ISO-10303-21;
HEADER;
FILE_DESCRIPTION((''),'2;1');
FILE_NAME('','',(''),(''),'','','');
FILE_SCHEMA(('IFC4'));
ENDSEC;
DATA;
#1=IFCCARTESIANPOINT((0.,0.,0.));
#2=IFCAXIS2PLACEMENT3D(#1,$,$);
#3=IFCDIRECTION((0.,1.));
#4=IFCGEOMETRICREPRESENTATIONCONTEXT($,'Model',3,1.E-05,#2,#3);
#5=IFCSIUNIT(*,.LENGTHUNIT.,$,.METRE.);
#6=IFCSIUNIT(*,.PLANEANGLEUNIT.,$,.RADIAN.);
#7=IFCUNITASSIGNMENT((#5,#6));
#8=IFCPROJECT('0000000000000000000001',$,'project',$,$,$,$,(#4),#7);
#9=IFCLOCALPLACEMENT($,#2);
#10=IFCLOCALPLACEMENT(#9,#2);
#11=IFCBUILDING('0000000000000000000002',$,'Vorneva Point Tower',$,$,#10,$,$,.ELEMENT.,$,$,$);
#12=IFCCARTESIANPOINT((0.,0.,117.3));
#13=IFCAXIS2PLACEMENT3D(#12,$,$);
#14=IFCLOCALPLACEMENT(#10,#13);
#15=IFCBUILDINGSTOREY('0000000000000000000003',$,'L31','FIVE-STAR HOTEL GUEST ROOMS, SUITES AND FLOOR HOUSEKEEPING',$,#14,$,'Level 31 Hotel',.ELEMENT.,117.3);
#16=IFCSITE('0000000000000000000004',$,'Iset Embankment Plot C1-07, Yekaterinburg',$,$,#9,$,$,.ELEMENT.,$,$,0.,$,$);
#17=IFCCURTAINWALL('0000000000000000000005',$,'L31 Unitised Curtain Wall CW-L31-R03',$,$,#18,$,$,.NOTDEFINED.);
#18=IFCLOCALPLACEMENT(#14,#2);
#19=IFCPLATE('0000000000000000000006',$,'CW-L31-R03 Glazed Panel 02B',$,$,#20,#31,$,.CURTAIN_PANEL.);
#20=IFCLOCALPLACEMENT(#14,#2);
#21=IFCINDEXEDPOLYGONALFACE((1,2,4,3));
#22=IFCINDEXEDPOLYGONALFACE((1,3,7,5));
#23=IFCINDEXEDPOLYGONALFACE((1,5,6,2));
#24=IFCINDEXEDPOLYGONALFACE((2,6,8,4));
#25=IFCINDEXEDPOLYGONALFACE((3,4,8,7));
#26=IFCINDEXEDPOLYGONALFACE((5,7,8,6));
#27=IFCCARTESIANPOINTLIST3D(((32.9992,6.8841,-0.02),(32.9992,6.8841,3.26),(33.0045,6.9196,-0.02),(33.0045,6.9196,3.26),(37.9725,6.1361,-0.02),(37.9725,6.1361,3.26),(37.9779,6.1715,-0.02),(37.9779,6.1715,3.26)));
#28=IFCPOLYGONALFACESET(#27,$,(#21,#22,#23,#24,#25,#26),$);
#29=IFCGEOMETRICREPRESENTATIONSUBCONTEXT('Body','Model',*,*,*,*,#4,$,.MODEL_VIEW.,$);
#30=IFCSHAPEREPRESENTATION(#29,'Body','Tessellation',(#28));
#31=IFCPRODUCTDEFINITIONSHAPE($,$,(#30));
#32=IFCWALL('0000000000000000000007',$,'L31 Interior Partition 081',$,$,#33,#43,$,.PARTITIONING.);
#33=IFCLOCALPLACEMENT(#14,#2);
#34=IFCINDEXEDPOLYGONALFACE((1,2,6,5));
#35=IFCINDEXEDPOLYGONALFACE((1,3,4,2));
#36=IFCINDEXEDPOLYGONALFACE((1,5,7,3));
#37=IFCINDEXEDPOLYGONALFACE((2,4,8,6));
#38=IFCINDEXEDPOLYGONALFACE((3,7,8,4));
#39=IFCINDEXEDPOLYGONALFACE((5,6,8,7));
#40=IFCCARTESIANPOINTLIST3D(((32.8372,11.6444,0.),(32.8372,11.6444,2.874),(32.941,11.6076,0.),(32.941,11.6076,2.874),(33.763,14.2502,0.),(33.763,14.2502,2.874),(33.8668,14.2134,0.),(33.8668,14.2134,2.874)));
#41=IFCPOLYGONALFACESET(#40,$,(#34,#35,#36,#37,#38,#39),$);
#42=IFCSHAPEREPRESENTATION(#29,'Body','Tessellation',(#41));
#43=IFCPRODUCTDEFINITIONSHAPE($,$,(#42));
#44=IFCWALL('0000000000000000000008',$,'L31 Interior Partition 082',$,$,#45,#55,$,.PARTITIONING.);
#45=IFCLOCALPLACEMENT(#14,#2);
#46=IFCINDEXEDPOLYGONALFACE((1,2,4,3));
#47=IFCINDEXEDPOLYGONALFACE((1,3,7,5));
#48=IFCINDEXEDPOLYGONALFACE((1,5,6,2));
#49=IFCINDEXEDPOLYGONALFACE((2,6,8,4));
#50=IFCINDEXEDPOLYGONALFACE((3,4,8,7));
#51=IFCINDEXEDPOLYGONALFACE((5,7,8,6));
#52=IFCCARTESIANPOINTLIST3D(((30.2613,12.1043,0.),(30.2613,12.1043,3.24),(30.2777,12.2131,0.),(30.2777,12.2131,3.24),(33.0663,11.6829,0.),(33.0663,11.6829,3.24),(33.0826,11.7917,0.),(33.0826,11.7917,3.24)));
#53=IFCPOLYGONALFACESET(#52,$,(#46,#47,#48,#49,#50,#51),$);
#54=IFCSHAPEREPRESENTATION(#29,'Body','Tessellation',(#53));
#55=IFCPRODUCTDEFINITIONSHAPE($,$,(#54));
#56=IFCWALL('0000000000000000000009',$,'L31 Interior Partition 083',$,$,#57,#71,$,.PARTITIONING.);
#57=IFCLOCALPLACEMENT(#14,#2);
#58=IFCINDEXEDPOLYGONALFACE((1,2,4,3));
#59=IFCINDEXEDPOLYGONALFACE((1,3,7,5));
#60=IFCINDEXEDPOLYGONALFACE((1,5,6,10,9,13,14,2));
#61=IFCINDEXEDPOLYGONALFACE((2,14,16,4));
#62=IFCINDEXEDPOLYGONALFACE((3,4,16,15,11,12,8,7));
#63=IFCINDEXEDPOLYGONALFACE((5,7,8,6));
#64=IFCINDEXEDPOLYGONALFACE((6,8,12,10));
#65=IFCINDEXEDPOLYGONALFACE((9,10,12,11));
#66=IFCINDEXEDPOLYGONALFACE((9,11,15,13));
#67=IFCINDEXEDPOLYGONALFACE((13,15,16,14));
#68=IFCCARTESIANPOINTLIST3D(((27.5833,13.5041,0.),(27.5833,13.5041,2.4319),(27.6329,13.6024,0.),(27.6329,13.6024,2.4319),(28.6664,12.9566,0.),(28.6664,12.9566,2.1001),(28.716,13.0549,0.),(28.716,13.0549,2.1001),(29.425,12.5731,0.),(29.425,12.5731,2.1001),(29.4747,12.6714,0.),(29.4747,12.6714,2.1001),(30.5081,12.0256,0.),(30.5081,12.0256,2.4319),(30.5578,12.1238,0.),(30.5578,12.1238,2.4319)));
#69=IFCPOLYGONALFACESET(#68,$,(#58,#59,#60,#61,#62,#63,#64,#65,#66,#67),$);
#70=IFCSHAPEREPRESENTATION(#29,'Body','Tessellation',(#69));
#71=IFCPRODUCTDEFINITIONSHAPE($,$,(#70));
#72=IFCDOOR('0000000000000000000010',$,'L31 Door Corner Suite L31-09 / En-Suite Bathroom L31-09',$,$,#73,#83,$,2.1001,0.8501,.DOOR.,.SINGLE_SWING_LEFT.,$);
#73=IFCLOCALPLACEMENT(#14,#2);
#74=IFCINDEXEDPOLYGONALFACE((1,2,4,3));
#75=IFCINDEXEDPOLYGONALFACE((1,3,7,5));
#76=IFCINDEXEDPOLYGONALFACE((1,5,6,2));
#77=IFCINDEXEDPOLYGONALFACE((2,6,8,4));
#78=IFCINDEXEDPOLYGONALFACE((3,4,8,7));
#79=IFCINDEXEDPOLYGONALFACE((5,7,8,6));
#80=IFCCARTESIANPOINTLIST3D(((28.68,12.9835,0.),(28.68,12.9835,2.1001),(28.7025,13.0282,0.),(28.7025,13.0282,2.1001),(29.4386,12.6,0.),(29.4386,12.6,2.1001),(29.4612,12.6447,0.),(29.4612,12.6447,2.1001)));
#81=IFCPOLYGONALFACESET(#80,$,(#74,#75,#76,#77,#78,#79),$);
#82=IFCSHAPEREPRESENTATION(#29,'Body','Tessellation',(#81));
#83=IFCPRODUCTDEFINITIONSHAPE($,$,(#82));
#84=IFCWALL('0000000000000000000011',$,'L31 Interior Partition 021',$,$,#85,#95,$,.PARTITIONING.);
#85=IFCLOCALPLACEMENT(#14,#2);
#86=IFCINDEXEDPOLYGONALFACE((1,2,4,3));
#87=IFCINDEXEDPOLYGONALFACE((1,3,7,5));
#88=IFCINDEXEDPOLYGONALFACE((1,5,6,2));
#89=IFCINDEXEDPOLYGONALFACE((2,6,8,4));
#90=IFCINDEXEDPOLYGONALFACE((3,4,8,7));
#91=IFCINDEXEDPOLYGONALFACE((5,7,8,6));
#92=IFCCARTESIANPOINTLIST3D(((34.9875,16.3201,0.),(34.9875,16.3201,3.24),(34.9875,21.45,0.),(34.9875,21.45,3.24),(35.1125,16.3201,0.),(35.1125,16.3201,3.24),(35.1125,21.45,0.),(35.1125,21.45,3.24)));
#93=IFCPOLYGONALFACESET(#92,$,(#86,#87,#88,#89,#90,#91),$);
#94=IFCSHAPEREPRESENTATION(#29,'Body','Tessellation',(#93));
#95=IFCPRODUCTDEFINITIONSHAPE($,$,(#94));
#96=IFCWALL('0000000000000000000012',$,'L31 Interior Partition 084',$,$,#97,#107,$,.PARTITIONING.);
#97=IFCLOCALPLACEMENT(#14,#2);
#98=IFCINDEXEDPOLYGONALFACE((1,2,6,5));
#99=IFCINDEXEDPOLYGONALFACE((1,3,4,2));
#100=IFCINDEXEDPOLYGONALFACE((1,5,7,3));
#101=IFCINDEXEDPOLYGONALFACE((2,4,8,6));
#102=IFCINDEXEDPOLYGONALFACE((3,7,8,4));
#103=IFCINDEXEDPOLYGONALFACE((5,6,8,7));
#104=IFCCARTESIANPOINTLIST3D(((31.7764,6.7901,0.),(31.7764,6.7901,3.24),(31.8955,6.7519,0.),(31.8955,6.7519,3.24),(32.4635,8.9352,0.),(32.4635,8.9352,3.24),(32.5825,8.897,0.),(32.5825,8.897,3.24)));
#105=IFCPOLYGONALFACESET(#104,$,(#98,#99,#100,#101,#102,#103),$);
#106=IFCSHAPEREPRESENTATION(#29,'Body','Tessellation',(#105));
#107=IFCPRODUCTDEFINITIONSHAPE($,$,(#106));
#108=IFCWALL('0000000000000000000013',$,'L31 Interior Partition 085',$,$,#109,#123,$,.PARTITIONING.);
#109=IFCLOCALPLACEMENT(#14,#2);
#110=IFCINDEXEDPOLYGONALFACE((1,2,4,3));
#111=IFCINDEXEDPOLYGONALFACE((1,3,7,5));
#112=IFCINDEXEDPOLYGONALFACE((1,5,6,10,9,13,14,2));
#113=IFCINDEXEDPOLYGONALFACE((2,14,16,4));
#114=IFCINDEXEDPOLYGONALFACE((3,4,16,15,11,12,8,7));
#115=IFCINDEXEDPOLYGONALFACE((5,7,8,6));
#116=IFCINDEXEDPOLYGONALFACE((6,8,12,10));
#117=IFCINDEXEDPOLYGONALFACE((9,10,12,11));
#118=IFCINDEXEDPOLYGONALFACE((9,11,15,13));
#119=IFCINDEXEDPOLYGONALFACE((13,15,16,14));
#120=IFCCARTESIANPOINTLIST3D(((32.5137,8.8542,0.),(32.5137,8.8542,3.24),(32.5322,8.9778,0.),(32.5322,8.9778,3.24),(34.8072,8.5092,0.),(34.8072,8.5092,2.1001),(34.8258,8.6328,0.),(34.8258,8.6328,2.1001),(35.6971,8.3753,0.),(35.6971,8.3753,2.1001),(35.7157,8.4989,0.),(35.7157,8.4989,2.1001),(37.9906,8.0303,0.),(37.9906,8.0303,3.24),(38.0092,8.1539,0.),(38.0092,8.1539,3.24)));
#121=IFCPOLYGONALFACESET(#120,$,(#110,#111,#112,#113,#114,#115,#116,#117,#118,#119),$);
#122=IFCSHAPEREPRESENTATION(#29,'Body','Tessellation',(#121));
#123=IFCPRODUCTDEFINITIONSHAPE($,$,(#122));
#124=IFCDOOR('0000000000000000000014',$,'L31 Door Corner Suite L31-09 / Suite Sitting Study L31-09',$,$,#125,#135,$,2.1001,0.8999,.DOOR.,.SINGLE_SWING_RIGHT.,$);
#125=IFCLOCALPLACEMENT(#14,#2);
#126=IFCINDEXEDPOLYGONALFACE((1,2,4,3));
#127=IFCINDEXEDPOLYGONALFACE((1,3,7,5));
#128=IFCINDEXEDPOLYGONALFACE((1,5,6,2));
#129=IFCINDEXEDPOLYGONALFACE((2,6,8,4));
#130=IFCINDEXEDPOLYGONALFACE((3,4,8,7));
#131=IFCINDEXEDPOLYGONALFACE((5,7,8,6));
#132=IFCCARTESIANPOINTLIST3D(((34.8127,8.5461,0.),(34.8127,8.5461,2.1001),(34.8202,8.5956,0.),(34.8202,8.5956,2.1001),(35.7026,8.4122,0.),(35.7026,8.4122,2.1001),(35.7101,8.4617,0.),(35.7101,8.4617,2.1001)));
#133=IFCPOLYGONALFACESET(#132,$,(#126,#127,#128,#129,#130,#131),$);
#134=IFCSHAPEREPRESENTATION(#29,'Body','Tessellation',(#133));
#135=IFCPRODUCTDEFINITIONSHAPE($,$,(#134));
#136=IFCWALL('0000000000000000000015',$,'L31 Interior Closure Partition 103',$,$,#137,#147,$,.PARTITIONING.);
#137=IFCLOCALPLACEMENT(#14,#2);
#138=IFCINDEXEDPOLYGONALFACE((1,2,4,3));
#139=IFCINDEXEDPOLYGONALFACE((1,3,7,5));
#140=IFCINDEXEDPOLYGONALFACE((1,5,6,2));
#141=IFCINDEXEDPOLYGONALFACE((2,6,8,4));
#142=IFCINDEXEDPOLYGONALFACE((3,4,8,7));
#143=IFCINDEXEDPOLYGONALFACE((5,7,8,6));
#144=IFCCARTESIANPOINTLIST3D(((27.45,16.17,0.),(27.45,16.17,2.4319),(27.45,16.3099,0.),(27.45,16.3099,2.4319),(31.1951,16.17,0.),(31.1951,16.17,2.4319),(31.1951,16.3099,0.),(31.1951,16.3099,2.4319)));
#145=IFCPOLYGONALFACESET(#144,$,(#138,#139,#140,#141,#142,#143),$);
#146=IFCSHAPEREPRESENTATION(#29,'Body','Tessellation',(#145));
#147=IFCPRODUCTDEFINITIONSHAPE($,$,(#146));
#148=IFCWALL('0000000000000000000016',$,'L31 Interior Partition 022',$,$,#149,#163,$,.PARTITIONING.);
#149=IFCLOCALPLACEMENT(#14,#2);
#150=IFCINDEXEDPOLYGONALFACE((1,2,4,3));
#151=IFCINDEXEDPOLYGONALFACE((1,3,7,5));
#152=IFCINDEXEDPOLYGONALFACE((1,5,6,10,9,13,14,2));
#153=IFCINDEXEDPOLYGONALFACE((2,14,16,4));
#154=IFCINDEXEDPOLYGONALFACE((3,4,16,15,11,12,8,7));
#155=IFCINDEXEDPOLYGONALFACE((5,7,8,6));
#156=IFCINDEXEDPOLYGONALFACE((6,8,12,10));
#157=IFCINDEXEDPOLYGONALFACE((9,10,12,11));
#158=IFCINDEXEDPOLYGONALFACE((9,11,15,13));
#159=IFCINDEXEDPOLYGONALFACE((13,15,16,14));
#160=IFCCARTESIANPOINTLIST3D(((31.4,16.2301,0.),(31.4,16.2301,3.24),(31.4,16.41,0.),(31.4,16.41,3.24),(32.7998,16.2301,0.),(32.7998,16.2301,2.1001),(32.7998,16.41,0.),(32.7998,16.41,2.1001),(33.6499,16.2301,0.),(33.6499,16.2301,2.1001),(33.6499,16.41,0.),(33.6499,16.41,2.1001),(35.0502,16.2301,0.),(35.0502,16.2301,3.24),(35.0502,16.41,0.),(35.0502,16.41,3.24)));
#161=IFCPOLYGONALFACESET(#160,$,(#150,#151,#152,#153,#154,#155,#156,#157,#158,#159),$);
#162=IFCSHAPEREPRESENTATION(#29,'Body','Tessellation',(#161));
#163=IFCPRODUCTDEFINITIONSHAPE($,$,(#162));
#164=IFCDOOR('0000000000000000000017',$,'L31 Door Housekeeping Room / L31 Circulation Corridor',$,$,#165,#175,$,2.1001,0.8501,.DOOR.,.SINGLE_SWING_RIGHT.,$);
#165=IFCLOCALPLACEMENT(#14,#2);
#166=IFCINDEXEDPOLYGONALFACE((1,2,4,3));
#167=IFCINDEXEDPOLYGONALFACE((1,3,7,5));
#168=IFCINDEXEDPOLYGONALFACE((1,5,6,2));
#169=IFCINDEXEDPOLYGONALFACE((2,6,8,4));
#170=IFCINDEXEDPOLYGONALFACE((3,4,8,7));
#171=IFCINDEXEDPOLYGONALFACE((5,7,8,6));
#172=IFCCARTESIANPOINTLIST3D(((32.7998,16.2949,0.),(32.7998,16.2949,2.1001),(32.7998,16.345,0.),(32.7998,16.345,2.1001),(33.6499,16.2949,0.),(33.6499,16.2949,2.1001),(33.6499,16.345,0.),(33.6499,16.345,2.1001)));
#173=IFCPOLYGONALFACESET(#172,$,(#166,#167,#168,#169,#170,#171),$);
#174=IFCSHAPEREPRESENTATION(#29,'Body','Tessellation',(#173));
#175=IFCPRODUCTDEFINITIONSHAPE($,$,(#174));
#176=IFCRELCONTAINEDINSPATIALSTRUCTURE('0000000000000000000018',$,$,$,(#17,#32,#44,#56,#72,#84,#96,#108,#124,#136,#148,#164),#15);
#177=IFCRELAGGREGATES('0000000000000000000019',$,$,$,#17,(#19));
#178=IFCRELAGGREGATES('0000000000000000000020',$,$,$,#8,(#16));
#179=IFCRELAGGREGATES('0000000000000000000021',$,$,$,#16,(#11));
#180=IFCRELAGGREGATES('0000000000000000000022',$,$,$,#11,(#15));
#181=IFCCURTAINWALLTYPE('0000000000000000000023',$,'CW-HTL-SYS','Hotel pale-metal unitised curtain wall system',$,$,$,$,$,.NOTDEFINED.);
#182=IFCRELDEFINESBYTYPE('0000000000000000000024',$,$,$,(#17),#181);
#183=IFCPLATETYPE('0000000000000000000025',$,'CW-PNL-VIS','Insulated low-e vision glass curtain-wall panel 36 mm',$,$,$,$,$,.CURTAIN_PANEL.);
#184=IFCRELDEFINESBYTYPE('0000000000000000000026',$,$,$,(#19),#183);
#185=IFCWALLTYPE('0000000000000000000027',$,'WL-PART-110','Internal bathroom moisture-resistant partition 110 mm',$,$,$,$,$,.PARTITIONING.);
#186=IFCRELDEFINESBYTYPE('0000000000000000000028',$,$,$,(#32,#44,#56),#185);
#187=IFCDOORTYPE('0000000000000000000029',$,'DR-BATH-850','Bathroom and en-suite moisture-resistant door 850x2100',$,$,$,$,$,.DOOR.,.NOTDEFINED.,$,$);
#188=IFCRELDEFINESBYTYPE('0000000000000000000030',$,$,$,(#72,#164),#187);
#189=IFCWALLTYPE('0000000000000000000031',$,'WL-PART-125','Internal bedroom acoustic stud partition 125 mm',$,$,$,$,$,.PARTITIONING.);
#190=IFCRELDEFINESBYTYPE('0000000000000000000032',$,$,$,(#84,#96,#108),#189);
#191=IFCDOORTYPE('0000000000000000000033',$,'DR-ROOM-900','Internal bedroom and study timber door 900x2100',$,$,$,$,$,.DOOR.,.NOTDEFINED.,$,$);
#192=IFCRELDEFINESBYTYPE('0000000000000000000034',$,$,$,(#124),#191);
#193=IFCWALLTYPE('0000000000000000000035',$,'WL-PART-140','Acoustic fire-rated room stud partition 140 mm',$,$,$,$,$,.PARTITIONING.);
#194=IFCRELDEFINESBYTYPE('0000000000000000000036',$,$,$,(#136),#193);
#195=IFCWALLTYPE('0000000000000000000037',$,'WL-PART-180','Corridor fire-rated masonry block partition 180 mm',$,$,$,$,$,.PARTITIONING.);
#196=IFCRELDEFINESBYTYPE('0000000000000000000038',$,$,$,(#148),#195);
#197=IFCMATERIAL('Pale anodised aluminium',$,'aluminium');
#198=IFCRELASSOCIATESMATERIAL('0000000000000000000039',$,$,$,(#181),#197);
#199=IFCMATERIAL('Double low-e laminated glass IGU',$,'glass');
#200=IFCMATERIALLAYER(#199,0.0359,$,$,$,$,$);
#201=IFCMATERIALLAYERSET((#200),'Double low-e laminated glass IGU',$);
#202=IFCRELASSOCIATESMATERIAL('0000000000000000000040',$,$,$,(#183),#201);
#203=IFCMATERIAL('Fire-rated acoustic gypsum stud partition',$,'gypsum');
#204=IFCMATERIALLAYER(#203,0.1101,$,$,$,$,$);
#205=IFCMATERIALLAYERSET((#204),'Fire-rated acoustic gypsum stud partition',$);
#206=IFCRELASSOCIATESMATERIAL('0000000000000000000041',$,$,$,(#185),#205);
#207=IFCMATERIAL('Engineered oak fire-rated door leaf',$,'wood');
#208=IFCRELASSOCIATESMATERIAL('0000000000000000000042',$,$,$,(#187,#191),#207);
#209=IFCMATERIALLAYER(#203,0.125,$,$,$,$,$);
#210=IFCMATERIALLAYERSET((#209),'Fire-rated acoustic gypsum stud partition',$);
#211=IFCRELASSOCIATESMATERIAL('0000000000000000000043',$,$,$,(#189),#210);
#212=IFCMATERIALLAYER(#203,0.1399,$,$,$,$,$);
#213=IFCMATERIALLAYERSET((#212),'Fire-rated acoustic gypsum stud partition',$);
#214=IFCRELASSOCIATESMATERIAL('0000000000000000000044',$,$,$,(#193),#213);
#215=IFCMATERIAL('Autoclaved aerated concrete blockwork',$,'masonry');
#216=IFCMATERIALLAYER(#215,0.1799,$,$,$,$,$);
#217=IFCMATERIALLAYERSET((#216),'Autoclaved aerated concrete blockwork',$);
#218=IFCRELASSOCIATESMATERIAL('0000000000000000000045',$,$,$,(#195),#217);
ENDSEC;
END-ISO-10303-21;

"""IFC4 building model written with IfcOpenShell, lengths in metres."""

from ifc_helpers import new_model, si_unit, direction, frame, frame_2d, origin, origin_2d, place, context, subcontext, project, spatial, rectangle, extrude, material, layer, layer_set, type_object, element, fill, aggregate, save


model = new_model("IFC4")

# Units and contexts
model_context = context("Model", 3, precision=1e-05, world=origin(), true_north=direction((0.0, 1.0)))
body_context = subcontext(model_context, "Body", "Model", "MODEL_VIEW")
ifc_project = project(units=[si_unit("LENGTHUNIT", "METRE"), si_unit("PLANEANGLEUNIT", "RADIAN")], contexts=[model_context])

# Site, building, storey
site_placement = place(None, origin())
site = spatial("IfcSite", under=ifc_project, at=site_placement, Name="Iset Embankment Plot C1-07, Yekaterinburg", CompositionType="ELEMENT", RefElevation=0.0)
building_placement = place(site_placement, origin())
building = spatial("IfcBuilding", under=site, at=building_placement, Name="Vorneva Point Tower", CompositionType="ELEMENT")
storey_placement = place(building_placement, frame((0.0, 0.0, 117.3)))
storey = spatial("IfcBuildingStorey", under=building, at=storey_placement, Name="L31", Description="FIVE-STAR HOTEL GUEST ROOMS, SUITES AND FLOOR HOUSEKEEPING", LongName="Level 31 Hotel", CompositionType="ELEMENT", Elevation=117.3)

# Curtain wall, plate
ifc_material_1 = material(Name="Pale anodised aluminium", Category="aluminium")
curtain_wall_type = type_object("IfcCurtainWallType", Name="CW-HTL-SYS", Description="Hotel pale-metal unitised curtain wall system", PredefinedType="NOTDEFINED", material=ifc_material_1)
curtain_wall_placement = place(storey_placement, origin())
curtain_wall = element("IfcCurtainWall", 1, at=curtain_wall_placement, inside=storey, type_object=curtain_wall_type, Name="L31 Unitised Curtain Wall CW-L31-R03", PredefinedType="NOTDEFINED")
ifc_material_2 = material(Name="Double low-e laminated glass IGU", Category="glass")
ifc_layer_1 = layer(ifc_material_2, 0.0359)
ifc_layer_set_1 = layer_set([ifc_layer_1], Name="Double low-e laminated glass IGU")
plate_type = type_object("IfcPlateType", Name="CW-PNL-VIS", Description="Insulated low-e vision glass curtain-wall panel 36 mm", PredefinedType="CURTAIN_PANEL", material=ifc_layer_set_1)
plate_1_placement = place(storey_placement, frame((35.4885, 6.5278, -0.02), z_axis=(0.0, 0.0, 1.0), x_axis=(0.988876, -0.148741, 0.0)))
plate_1 = element("IfcPlate", 2, at=plate_1_placement, type_object=plate_type, Name="CW-L31-R03 Glazed Panel 02B", PredefinedType="CURTAIN_PANEL", context=body_context, shape_type="SweptSolid", body=[
    extrude(rectangle(XDim=5.0293, YDim=0.0359, at=origin_2d()), origin(), (0.0, 0.0, 1.0), 3.28),
])
aggregate(curtain_wall, [plate_1])

# Walls
ifc_material_3 = material(Name="Fire-rated acoustic gypsum stud partition", Category="gypsum")
ifc_layer_2 = layer(ifc_material_3, 0.1101)
ifc_layer_set_2 = layer_set([ifc_layer_2], Name="Fire-rated acoustic gypsum stud partition")
wall_type_1 = type_object("IfcWallType", Name="WL-PART-110", Description="Internal bathroom moisture-resistant partition 110 mm", PredefinedType="PARTITIONING", material=ifc_layer_set_2)
wall_1_placement = place(storey_placement, frame((33.8149, 14.2319, 0.0), z_axis=(0.0, 0.0, 1.0), x_axis=(-0.334787, -0.942294, 0.0)))
element("IfcWall", 3, at=wall_1_placement, inside=storey, type_object=wall_type_1, Name="L31 Interior Partition 081", PredefinedType="PARTITIONING", context=body_context, shape_type="SweptSolid", body=[
    extrude(rectangle(XDim=2.7654, YDim=0.1101, at=frame_2d((1.3828, 0.0))), origin(), (0.0, 0.0, 1.0), 2.874),
])
wall_2_placement = place(storey_placement, frame((33.0745, 11.7373, 0.0), z_axis=(0.0, 0.0, 1.0), x_axis=(-0.988903, 0.148564, 0.0)))
element("IfcWall", 4, at=wall_2_placement, inside=storey, type_object=wall_type_1, Name="L31 Interior Partition 082", PredefinedType="PARTITIONING", context=body_context, shape_type="SweptSolid", body=[
    extrude(rectangle(XDim=2.8364, YDim=0.1101, at=frame_2d((1.4182, 0.0))), origin(), (0.0, 0.0, 1.0), 3.24),
])

# Wall, opening, door
wall_3_placement = place(storey_placement, frame((30.533, 12.0747, 0.0), z_axis=(0.0, 0.0, 1.0), x_axis=(-0.892452, 0.451143, 0.0)))
wall_3 = element("IfcWall", 5, at=wall_3_placement, inside=storey, type_object=wall_type_1, Name="L31 Interior Partition 083", PredefinedType="PARTITIONING", context=body_context, shape_type="SweptSolid", body=[
    extrude(rectangle(XDim=3.2773, YDim=0.1101, at=frame_2d((1.6387, 0.0))), origin(), (0.0, 0.0, 1.0), 2.4319),
])
opening_1_placement = place(wall_3_placement, frame((1.2136, 0.0, 0.0)))
opening_1 = element("IfcOpeningElement", 6, at=opening_1_placement, cuts=wall_3, PredefinedType="OPENING", context=body_context, shape_type="SweptSolid", body=[
    extrude(rectangle(XDim=0.8501, YDim=2.1001, at=frame_2d((0.425, 1.05))), frame((0.0, 0.0698, 0.0), z_axis=(0.0, -1.0, 0.0), x_axis=(1.0, 0.0, 0.0)), (0.0, 0.0, 1.0), 0.1399),
])
ifc_material_4 = material(Name="Engineered oak fire-rated door leaf", Category="wood")
door_type_1 = type_object("IfcDoorType", Name="DR-BATH-850", Description="Bathroom and en-suite moisture-resistant door 850x2100", OperationType="NOTDEFINED", PredefinedType="DOOR", material=ifc_material_4)
door_1_placement = place(opening_1_placement, origin())
door_1 = element("IfcDoor", 7, at=door_1_placement, inside=storey, type_object=door_type_1, Name="L31 Door Corner Suite L31-09 / En-Suite Bathroom L31-09", OperationType="SINGLE_SWING_LEFT", OverallHeight=2.1001, OverallWidth=0.8501, PredefinedType="DOOR", context=body_context, shape_type="SweptSolid", body=[
    extrude(rectangle(XDim=0.8501, YDim=2.1001, at=frame_2d((0.425, 1.05))), frame((0.0, 0.0249, 0.0), z_axis=(0.0, -1.0, 0.0), x_axis=(1.0, 0.0, 0.0)), (0.0, 0.0, 1.0), 0.05),
])
fill(opening_1, door_1)

# Walls
ifc_layer_3 = layer(ifc_material_3, 0.125)
ifc_layer_set_3 = layer_set([ifc_layer_3], Name="Fire-rated acoustic gypsum stud partition")
wall_type_2 = type_object("IfcWallType", Name="WL-PART-125", Description="Internal bedroom acoustic stud partition 125 mm", PredefinedType="PARTITIONING", material=ifc_layer_set_3)
wall_4_placement = place(storey_placement, frame((35.05, 16.3201, 0.0), z_axis=(0.0, 0.0, 1.0), x_axis=(0.0, 1.0, 0.0)))
element("IfcWall", 8, at=wall_4_placement, inside=storey, type_object=wall_type_2, Name="L31 Interior Partition 021", PredefinedType="PARTITIONING", context=body_context, shape_type="SweptSolid", body=[
    extrude(rectangle(XDim=5.1299, YDim=0.125, at=frame_2d((2.5649, 0.0))), origin(), (0.0, 0.0, 1.0), 3.24),
])
wall_5_placement = place(storey_placement, frame((31.8359, 6.771, 0.0), z_axis=(0.0, 0.0, 1.0), x_axis=(0.30502, 0.952346, 0.0)))
element("IfcWall", 9, at=wall_5_placement, inside=storey, type_object=wall_type_2, Name="L31 Interior Partition 084", PredefinedType="PARTITIONING", context=body_context, shape_type="SweptSolid", body=[
    extrude(rectangle(XDim=2.2524, YDim=0.125, at=frame_2d((1.1262, 0.0))), origin(), (0.0, 0.0, 1.0), 3.24),
])

# Wall, opening, door
wall_6_placement = place(storey_placement, frame((32.5229, 8.916, 0.0), z_axis=(0.0, 0.0, 1.0), x_axis=(0.988872, -0.148767, 0.0)))
wall_6 = element("IfcWall", 10, at=wall_6_placement, inside=storey, type_object=wall_type_2, Name="L31 Interior Partition 085", PredefinedType="PARTITIONING", context=body_context, shape_type="SweptSolid", body=[
    extrude(rectangle(XDim=5.5386, YDim=0.125, at=frame_2d((2.7693, 0.0))), origin(), (0.0, 0.0, 1.0), 3.24),
])
opening_2_placement = place(wall_6_placement, frame((2.3193, 0.0, 0.0)))
opening_2 = element("IfcOpeningElement", 11, at=opening_2_placement, cuts=wall_6, PredefinedType="OPENING", context=body_context, shape_type="SweptSolid", body=[
    extrude(rectangle(XDim=0.8999, YDim=2.1001, at=frame_2d((0.45, 1.05))), frame((0.0, 0.0774, 0.0), z_axis=(0.0, -1.0, 0.0), x_axis=(1.0, 0.0, 0.0)), (0.0, 0.0, 1.0), 0.1548),
])
door_type_2 = type_object("IfcDoorType", Name="DR-ROOM-900", Description="Internal bedroom and study timber door 900x2100", OperationType="NOTDEFINED", PredefinedType="DOOR", material=ifc_material_4)
door_2_placement = place(opening_2_placement, origin())
door_2 = element("IfcDoor", 12, at=door_2_placement, inside=storey, type_object=door_type_2, Name="L31 Door Corner Suite L31-09 / Suite Sitting Study L31-09", OperationType="SINGLE_SWING_RIGHT", OverallHeight=2.1001, OverallWidth=0.8999, PredefinedType="DOOR", context=body_context, shape_type="SweptSolid", body=[
    extrude(rectangle(XDim=0.8999, YDim=2.1001, at=frame_2d((0.45, 1.05))), frame((0.0, 0.0249, 0.0), z_axis=(0.0, -1.0, 0.0), x_axis=(1.0, 0.0, 0.0)), (0.0, 0.0, 1.0), 0.05),
])
fill(opening_2, door_2)

# Wall
ifc_layer_4 = layer(ifc_material_3, 0.1399)
ifc_layer_set_4 = layer_set([ifc_layer_4], Name="Fire-rated acoustic gypsum stud partition")
wall_type_3 = type_object("IfcWallType", Name="WL-PART-140", Description="Acoustic fire-rated room stud partition 140 mm", PredefinedType="PARTITIONING", material=ifc_layer_set_4)
wall_7_placement = place(storey_placement, frame((31.1951, 16.24, 0.0), z_axis=(0.0, 0.0, 1.0), x_axis=(-1.0, 0.0, 0.0)))
element("IfcWall", 13, at=wall_7_placement, inside=storey, type_object=wall_type_3, Name="L31 Interior Closure Partition 103", PredefinedType="PARTITIONING", context=body_context, shape_type="SweptSolid", body=[
    extrude(rectangle(XDim=3.7451, YDim=0.1399, at=frame_2d((1.8726, 0.0))), origin(), (0.0, 0.0, 1.0), 2.4319),
])

# Wall, opening, door
ifc_material_5 = material(Name="Autoclaved aerated concrete blockwork", Category="masonry")
ifc_layer_5 = layer(ifc_material_5, 0.1799)
ifc_layer_set_5 = layer_set([ifc_layer_5], Name="Autoclaved aerated concrete blockwork")
wall_type_4 = type_object("IfcWallType", Name="WL-PART-180", Description="Corridor fire-rated masonry block partition 180 mm", PredefinedType="PARTITIONING", material=ifc_layer_set_5)
wall_8_placement = place(storey_placement, frame((31.3999, 16.3201, 0.0), z_axis=(0.0, 0.0, 1.0), x_axis=(1.0, 0.0, 0.0)))
wall_8 = element("IfcWall", 14, at=wall_8_placement, inside=storey, type_object=wall_type_4, Name="L31 Interior Partition 022", PredefinedType="PARTITIONING", context=body_context, shape_type="SweptSolid", body=[
    extrude(rectangle(XDim=3.6501, YDim=0.1799, at=frame_2d((1.8252, 0.0))), origin(), (0.0, 0.0, 1.0), 3.24),
])
opening_3_placement = place(wall_8_placement, frame((1.3999, 0.0, 0.0)))
opening_3 = element("IfcOpeningElement", 15, at=opening_3_placement, cuts=wall_8, PredefinedType="OPENING", context=body_context, shape_type="SweptSolid", body=[
    extrude(rectangle(XDim=0.8501, YDim=2.1001, at=frame_2d((0.425, 1.05))), frame((0.0, 0.105, 0.0), z_axis=(0.0, -1.0, 0.0), x_axis=(1.0, 0.0, 0.0)), (0.0, 0.0, 1.0), 0.2097),
])
door_3_placement = place(opening_3_placement, origin())
door_3 = element("IfcDoor", 16, at=door_3_placement, inside=storey, type_object=door_type_1, Name="L31 Door Housekeeping Room / L31 Circulation Corridor", OperationType="SINGLE_SWING_RIGHT", OverallHeight=2.1001, OverallWidth=0.8501, PredefinedType="DOOR", context=body_context, shape_type="SweptSolid", body=[
    extrude(rectangle(XDim=0.8501, YDim=2.1001, at=frame_2d((0.425, 1.05))), frame((0.0, 0.0249, 0.0), z_axis=(0.0, -1.0, 0.0), x_axis=(1.0, 0.0, 0.0)), (0.0, 0.0, 1.0), 0.05),
])
fill(opening_3, door_3)

save(model, "model.ifc")
